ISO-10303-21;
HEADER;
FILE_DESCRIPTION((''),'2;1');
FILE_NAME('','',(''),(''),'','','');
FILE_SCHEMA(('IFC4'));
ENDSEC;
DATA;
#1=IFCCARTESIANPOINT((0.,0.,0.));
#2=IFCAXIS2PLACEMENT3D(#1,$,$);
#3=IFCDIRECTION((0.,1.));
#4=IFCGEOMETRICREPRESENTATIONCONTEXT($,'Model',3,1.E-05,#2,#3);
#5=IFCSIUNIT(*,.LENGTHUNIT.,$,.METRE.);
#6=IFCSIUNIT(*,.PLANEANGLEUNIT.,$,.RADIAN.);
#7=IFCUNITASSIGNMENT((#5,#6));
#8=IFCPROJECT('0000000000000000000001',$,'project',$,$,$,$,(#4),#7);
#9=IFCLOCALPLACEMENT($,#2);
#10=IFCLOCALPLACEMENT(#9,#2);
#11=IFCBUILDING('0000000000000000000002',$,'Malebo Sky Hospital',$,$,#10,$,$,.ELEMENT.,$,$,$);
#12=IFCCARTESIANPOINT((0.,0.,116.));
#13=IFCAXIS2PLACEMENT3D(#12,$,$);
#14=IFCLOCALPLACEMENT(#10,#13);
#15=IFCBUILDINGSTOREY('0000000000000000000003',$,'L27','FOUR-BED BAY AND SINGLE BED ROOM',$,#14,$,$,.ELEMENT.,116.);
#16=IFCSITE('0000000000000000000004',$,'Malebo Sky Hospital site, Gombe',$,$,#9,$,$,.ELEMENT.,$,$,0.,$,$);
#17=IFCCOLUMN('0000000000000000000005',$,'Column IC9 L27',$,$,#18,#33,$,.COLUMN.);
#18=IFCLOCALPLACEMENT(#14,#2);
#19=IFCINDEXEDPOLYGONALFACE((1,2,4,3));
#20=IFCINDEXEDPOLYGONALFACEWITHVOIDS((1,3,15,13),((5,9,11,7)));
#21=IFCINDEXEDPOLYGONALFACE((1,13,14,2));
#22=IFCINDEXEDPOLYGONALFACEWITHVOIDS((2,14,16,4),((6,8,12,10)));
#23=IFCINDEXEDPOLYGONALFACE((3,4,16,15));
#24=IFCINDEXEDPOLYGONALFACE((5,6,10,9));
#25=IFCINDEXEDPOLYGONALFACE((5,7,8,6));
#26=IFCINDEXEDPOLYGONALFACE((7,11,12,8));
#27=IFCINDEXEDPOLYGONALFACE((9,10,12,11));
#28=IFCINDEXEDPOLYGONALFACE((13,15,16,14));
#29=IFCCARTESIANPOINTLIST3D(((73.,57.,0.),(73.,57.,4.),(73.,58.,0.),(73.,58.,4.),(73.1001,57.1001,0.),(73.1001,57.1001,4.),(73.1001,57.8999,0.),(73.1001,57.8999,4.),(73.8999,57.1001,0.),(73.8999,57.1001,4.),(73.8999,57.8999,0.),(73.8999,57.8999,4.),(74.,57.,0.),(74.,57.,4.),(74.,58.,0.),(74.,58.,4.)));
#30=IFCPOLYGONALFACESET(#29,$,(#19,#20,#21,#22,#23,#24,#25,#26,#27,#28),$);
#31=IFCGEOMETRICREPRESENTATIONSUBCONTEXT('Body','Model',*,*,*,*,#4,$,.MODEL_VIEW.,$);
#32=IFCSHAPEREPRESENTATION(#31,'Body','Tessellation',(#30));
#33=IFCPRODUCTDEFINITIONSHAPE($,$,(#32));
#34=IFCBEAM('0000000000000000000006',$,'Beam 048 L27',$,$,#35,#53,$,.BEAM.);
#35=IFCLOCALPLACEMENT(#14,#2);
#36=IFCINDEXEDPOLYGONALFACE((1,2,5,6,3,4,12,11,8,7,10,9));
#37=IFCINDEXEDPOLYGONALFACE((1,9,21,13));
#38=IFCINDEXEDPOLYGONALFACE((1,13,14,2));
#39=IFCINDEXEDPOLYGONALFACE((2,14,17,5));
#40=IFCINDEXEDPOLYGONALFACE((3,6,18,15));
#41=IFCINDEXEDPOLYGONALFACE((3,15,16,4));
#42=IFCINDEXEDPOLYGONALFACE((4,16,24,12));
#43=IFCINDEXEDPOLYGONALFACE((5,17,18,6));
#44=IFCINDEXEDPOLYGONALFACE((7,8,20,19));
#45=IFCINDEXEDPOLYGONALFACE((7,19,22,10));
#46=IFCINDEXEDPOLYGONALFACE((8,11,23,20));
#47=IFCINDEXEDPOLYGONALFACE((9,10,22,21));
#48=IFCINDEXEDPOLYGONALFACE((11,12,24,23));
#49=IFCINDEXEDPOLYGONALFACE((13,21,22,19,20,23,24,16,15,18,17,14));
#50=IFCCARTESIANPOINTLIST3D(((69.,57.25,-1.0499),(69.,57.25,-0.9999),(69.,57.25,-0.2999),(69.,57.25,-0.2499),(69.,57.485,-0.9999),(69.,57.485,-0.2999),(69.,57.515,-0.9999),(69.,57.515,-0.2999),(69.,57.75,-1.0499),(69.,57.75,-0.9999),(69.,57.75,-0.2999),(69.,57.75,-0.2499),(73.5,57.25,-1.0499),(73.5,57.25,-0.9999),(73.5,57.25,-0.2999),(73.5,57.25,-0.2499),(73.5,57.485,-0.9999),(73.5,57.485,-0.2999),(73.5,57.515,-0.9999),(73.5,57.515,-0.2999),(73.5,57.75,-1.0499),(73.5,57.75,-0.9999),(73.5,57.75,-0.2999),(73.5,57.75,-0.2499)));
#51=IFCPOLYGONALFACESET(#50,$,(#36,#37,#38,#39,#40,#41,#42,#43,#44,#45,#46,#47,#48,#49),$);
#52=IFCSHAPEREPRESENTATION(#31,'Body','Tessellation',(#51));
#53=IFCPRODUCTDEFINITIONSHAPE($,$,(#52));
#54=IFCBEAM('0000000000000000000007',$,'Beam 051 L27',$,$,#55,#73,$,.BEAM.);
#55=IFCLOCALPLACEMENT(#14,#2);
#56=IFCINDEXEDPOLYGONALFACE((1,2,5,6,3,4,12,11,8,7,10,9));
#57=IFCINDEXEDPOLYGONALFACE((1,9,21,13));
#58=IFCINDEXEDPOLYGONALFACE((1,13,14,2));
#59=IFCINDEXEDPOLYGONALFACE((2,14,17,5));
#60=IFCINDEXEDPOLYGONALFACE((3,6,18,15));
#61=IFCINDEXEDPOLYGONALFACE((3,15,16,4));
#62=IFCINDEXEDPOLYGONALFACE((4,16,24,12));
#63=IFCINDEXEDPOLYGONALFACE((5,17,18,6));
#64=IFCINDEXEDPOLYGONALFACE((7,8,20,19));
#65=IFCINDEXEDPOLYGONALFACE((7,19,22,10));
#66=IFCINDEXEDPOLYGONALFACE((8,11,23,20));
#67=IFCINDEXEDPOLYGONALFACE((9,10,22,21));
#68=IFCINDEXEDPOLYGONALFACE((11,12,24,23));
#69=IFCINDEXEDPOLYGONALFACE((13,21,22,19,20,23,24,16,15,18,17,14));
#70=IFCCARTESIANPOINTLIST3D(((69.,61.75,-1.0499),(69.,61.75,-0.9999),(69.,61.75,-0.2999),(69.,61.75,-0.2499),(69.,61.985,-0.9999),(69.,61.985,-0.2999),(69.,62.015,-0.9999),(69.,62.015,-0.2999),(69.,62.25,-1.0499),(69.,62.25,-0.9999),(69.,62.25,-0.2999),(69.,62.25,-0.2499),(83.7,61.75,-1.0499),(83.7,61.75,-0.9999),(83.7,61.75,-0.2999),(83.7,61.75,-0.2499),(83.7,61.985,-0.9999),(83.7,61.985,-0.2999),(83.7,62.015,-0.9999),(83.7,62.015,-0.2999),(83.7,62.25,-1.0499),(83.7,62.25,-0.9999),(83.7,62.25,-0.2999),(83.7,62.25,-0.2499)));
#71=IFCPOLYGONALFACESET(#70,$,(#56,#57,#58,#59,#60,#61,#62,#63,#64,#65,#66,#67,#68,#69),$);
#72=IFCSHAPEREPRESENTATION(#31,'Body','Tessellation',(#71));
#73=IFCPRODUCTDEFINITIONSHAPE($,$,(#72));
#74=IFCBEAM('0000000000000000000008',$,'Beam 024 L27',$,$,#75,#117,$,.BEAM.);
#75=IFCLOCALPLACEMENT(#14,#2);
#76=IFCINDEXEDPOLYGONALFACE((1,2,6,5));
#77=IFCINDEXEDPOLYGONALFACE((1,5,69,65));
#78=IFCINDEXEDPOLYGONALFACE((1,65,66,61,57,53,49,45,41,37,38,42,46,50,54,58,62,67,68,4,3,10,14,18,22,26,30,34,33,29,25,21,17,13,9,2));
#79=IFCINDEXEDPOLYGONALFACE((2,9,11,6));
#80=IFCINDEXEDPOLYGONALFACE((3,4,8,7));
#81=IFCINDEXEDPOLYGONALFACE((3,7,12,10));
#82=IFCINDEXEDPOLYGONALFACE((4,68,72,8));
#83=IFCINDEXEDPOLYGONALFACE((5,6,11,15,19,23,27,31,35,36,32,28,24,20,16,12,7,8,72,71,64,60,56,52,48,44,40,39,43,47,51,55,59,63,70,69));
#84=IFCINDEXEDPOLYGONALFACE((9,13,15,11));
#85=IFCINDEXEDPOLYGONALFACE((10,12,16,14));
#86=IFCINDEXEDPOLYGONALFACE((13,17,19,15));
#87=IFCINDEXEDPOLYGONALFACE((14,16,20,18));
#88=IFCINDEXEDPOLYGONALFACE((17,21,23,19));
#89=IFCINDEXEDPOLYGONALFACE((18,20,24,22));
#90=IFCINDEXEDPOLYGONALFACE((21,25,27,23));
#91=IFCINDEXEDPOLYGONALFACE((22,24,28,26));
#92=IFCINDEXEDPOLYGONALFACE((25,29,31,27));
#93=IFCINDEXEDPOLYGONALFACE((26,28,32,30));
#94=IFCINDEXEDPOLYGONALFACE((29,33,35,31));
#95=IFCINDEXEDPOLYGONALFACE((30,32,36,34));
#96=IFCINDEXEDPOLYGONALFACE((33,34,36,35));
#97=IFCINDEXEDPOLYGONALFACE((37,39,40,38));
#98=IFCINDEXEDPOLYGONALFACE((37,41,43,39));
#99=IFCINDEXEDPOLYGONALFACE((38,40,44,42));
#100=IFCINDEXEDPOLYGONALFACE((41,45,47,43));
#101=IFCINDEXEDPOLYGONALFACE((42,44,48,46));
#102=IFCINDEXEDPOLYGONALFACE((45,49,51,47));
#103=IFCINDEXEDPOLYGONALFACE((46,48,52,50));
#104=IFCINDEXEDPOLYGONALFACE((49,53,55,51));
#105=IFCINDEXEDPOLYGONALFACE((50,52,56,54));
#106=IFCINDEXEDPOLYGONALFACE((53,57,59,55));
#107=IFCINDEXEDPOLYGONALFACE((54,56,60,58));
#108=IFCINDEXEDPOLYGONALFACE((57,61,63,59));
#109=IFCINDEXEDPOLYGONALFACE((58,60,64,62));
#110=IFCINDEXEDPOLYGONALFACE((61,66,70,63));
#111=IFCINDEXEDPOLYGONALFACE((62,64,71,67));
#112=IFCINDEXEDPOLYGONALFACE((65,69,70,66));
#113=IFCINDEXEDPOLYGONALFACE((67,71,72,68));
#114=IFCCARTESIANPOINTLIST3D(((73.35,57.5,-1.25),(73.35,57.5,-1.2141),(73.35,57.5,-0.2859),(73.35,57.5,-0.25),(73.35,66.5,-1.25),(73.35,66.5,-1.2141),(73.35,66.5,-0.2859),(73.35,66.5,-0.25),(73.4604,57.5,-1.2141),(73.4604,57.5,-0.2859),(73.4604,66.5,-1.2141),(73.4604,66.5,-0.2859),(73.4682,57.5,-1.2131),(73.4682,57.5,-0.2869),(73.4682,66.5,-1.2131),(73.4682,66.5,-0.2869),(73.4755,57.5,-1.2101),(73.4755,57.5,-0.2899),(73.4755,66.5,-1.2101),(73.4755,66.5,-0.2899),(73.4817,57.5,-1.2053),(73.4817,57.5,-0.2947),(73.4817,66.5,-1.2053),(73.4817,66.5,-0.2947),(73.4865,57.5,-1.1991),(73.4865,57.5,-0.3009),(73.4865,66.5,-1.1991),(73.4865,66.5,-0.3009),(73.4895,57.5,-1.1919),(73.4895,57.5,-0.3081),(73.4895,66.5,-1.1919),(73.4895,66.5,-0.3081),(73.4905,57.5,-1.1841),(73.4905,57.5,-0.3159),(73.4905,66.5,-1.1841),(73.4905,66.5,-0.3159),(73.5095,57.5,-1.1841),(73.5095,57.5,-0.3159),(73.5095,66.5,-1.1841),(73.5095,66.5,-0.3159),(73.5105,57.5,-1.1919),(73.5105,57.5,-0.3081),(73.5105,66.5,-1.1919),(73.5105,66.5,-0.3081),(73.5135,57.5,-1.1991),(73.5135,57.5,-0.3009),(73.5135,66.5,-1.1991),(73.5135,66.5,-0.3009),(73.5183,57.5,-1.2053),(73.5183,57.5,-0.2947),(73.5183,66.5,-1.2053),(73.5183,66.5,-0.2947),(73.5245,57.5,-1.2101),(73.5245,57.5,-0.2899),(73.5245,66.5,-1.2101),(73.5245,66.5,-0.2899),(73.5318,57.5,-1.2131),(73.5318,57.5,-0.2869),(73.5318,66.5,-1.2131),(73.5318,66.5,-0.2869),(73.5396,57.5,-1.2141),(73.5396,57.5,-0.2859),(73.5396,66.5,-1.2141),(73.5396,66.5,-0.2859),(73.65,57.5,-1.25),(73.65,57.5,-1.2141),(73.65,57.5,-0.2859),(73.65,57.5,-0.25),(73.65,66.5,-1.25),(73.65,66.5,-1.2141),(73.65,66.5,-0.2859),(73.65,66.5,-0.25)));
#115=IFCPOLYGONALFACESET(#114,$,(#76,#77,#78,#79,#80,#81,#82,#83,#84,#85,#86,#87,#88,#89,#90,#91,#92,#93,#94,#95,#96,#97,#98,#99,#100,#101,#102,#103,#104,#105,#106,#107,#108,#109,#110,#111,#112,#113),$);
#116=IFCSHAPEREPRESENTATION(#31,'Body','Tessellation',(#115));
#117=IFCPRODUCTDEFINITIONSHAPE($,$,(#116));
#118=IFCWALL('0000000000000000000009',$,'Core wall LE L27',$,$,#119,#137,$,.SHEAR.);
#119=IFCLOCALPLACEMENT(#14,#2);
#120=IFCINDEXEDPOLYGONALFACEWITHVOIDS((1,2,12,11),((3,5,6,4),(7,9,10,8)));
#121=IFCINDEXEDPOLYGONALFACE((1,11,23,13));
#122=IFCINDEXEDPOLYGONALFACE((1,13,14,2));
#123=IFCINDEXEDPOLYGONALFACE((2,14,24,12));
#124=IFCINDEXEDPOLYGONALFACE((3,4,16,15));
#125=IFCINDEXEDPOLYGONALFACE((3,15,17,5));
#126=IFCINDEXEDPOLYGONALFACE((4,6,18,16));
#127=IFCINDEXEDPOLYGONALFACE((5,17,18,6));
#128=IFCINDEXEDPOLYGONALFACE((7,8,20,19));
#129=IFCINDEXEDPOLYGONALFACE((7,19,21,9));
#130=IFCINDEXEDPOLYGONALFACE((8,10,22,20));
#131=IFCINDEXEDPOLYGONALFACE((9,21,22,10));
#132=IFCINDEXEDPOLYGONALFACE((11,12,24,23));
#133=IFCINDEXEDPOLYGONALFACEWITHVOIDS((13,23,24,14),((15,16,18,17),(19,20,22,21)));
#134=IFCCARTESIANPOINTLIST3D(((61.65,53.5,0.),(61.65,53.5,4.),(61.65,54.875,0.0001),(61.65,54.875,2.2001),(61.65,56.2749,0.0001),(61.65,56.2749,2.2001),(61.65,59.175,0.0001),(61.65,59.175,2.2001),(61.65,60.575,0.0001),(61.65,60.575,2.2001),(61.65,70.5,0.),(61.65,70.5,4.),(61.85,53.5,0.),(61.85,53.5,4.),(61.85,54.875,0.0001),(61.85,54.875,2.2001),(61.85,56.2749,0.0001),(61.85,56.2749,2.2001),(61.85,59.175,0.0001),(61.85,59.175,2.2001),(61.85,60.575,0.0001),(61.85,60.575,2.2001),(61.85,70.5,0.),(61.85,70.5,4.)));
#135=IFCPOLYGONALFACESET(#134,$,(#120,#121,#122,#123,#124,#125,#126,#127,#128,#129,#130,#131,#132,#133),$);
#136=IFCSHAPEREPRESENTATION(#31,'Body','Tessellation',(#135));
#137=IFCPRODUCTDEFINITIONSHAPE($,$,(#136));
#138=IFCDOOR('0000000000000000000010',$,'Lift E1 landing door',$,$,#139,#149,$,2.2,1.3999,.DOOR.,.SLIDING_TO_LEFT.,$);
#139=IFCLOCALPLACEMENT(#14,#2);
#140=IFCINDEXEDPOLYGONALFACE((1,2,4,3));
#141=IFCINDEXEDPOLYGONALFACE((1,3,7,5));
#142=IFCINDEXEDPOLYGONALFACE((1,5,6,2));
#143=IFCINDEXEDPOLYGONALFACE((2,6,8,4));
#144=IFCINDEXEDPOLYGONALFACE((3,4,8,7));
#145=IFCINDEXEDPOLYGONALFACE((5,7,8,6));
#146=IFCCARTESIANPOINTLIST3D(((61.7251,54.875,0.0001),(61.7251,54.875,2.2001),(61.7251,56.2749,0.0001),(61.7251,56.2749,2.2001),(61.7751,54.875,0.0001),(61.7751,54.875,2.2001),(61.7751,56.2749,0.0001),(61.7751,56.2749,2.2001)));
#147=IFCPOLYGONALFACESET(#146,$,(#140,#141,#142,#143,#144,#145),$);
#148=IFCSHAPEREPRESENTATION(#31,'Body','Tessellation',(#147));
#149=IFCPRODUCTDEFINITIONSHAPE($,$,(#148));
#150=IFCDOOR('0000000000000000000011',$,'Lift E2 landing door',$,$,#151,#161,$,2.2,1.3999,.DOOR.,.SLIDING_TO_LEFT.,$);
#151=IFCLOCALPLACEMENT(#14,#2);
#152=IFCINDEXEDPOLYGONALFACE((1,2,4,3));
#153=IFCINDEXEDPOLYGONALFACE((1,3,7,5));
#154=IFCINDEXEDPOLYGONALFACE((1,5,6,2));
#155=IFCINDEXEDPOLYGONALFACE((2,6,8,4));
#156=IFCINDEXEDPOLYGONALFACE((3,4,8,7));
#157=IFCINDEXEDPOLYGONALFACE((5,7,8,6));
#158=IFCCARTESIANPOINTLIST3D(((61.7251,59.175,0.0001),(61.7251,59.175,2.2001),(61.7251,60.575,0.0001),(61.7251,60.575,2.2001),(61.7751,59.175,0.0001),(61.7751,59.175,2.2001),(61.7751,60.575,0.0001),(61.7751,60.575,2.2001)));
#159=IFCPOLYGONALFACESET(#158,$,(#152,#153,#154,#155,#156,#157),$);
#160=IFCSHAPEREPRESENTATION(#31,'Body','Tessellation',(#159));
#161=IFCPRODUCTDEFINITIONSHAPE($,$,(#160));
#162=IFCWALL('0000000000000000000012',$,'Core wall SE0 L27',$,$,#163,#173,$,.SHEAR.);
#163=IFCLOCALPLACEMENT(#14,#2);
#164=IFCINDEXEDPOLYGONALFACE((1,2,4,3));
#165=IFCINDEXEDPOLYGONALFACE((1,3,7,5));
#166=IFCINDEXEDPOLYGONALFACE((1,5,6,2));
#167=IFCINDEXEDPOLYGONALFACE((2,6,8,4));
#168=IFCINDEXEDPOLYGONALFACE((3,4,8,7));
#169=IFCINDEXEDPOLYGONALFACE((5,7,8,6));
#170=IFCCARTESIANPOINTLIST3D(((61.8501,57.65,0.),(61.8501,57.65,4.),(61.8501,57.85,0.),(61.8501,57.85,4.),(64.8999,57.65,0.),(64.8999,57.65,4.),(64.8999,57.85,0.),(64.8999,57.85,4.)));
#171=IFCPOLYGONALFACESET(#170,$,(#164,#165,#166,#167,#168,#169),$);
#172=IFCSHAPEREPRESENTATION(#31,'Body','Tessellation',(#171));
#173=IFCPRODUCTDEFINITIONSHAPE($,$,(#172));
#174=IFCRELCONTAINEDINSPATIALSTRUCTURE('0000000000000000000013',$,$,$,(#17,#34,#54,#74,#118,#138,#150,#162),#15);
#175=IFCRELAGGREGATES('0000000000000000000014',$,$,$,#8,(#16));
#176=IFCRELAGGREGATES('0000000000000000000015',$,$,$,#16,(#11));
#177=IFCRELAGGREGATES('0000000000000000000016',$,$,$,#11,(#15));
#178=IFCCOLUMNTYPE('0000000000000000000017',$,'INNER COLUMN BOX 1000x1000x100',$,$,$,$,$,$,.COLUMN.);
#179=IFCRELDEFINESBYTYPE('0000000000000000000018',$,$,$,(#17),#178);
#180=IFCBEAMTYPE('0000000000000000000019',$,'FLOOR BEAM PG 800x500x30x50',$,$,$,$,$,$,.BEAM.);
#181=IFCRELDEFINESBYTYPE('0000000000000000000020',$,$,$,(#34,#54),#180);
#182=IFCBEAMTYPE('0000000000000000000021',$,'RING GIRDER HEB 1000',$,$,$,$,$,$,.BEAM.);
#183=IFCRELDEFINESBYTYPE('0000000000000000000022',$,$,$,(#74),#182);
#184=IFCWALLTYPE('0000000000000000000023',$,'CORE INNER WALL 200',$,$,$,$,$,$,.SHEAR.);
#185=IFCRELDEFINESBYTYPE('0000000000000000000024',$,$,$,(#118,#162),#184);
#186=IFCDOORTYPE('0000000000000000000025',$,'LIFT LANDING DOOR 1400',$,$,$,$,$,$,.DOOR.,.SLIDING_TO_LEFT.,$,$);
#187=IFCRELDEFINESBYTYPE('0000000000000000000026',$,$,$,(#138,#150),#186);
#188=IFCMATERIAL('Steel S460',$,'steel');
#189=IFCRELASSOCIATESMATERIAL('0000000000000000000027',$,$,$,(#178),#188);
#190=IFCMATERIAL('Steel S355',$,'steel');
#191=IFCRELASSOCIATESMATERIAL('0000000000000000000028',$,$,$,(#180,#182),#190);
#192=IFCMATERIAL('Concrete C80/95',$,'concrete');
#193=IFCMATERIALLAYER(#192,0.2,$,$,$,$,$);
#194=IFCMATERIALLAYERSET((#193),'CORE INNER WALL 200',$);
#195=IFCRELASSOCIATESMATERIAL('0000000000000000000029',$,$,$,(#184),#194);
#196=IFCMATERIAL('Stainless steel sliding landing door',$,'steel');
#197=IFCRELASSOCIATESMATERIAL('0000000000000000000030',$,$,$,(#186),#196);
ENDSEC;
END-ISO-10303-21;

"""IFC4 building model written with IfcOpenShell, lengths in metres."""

from ifc_helpers import new_model, si_unit, direction, frame, frame_2d, origin, origin_2d, place, context, subcontext, project, spatial, rectangle, hollow_rectangle, i_section, extrude, material, layer, layer_set, material_profile, profile_set, type_object, element, fill, save


model = new_model("IFC4")

# Units and contexts
model_context = context("Model", 3, precision=1e-05, world=origin(), true_north=direction((0.0, 1.0)))
body_context = subcontext(model_context, "Body", "Model", "MODEL_VIEW")
ifc_project = project(units=[si_unit("LENGTHUNIT", "METRE"), si_unit("PLANEANGLEUNIT", "RADIAN")], contexts=[model_context])

# Site, building, storey
site_placement = place(None, origin())
site = spatial("IfcSite", under=ifc_project, at=site_placement, Name="Malebo Sky Hospital site, Gombe", CompositionType="ELEMENT", RefElevation=0.0)
building_placement = place(site_placement, origin())
building = spatial("IfcBuilding", under=site, at=building_placement, Name="Malebo Sky Hospital", CompositionType="ELEMENT")
storey_placement = place(building_placement, frame((0.0, 0.0, 116.0)))
storey = spatial("IfcBuildingStorey", under=building, at=storey_placement, Name="L27", Description="FOUR-BED BAY AND SINGLE BED ROOM", CompositionType="ELEMENT", Elevation=116.0)

# Column
ifc_material_1 = material(Name="Steel S460", Category="steel")
ifc_material_profile_1 = material_profile(ifc_material_1, hollow_rectangle(XDim=1.0, YDim=1.0, WallThickness=0.1001, at=origin_2d()), Name="BOX 1000x1000x100")
ifc_profile_set_1 = profile_set([ifc_material_profile_1], Name="Steel S460")
column_type = type_object("IfcColumnType", Name="INNER COLUMN BOX 1000x1000x100", PredefinedType="COLUMN", material=ifc_profile_set_1)
column_placement = place(storey_placement, frame((73.5, 57.5, 0.0), z_axis=(0.0, 0.0, 1.0), x_axis=(1.0, 0.0, 0.0)))
element("IfcColumn", 1, at=column_placement, inside=storey, type_object=column_type, Name="Column IC9 L27", PredefinedType="COLUMN", context=body_context, shape_type="SweptSolid", body=[
    extrude(hollow_rectangle(XDim=1.0, YDim=1.0, WallThickness=0.1001, at=origin_2d()), origin(), (0.0, 0.0, 1.0), 4.0),
])

# Beams
ifc_material_2 = material(Name="Steel S355", Category="steel")
ifc_material_profile_2 = material_profile(ifc_material_2, i_section(OverallWidth=0.5, OverallDepth=0.8, WebThickness=0.03, FlangeThickness=0.05, at=origin_2d()), Name="PG 800x500x30x50")
ifc_profile_set_2 = profile_set([ifc_material_profile_2], Name="Steel S355")
beam_type_1 = type_object("IfcBeamType", Name="FLOOR BEAM PG 800x500x30x50", PredefinedType="BEAM", material=ifc_profile_set_2)
beam_1_placement = place(storey_placement, frame((69.0, 57.5, -0.6499), z_axis=(1.0, 0.0, 0.0), x_axis=(0.0, 1.0, 0.0)))
element("IfcBeam", 2, at=beam_1_placement, inside=storey, type_object=beam_type_1, Name="Beam 048 L27", PredefinedType="BEAM", context=body_context, shape_type="SweptSolid", body=[
    extrude(i_section(OverallWidth=0.5, OverallDepth=0.8, WebThickness=0.03, FlangeThickness=0.05, at=origin_2d()), origin(), (0.0, 0.0, 1.0), 4.5),
])
beam_2_placement = place(storey_placement, frame((69.0, 62.0, -0.6499), z_axis=(1.0, 0.0, 0.0), x_axis=(0.0, 1.0, 0.0)))
element("IfcBeam", 3, at=beam_2_placement, inside=storey, type_object=beam_type_1, Name="Beam 051 L27", PredefinedType="BEAM", context=body_context, shape_type="SweptSolid", body=[
    extrude(i_section(OverallWidth=0.5, OverallDepth=0.8, WebThickness=0.03, FlangeThickness=0.05, at=origin_2d()), origin(), (0.0, 0.0, 1.0), 14.7),
])
ifc_material_profile_3 = material_profile(ifc_material_2, i_section(OverallWidth=0.3, OverallDepth=1.0, WebThickness=0.019, FlangeThickness=0.0359, FilletRadius=0.03, at=origin_2d()), Name="HEB 1000")
ifc_profile_set_3 = profile_set([ifc_material_profile_3], Name="Steel S355")
beam_type_2 = type_object("IfcBeamType", Name="RING GIRDER HEB 1000", PredefinedType="BEAM", material=ifc_profile_set_3)
beam_3_placement = place(storey_placement, frame((73.5, 57.5, -0.75), z_axis=(0.0, 1.0, 0.0), x_axis=(-1.0, 0.0, 0.0)))
element("IfcBeam", 4, at=beam_3_placement, inside=storey, type_object=beam_type_2, Name="Beam 024 L27", PredefinedType="BEAM", context=body_context, shape_type="SweptSolid", body=[
    extrude(i_section(OverallWidth=0.3, OverallDepth=1.0, WebThickness=0.019, FlangeThickness=0.0359, FilletRadius=0.03, at=origin_2d()), origin(), (0.0, 0.0, 1.0), 9.0),
])

# Wall, openings, doors
ifc_material_3 = material(Name="Concrete C80/95", Category="concrete")
ifc_layer_1 = layer(ifc_material_3, 0.2)
ifc_layer_set_1 = layer_set([ifc_layer_1], Name="CORE INNER WALL 200")
wall_type_1 = type_object("IfcWallType", Name="CORE INNER WALL 200", PredefinedType="SHEAR", material=ifc_layer_set_1)
wall_1_placement = place(storey_placement, frame((61.75, 53.5, 0.0), z_axis=(0.0, 0.0, 1.0), x_axis=(0.0, 1.0, 0.0)))
wall_1 = element("IfcWall", 5, at=wall_1_placement, inside=storey, type_object=wall_type_1, Name="Core wall LE L27", PredefinedType="SHEAR", context=body_context, shape_type="SweptSolid", body=[
    extrude(rectangle(XDim=17.0, YDim=0.2, at=frame_2d((8.5, 0.0))), origin(), (0.0, 0.0, 1.0), 4.0),
])
opening_1_placement = place(wall_1_placement, frame((1.375, 0.0, 0.0)))
opening_1 = element("IfcOpeningElement", 6, at=opening_1_placement, cuts=wall_1, PredefinedType="OPENING", context=body_context, shape_type="SweptSolid", body=[
    extrude(rectangle(XDim=1.3999, YDim=2.2, at=frame_2d((0.7, 1.1001))), frame((0.0, 0.1099, 0.0), z_axis=(0.0, -1.0, 0.0), x_axis=(1.0, 0.0, 0.0)), (0.0, 0.0, 1.0), 0.22),
])
opening_2_placement = place(wall_1_placement, frame((5.675, 0.0, 0.0)))
opening_2 = element("IfcOpeningElement", 7, at=opening_2_placement, cuts=wall_1, PredefinedType="OPENING", context=body_context, shape_type="SweptSolid", body=[
    extrude(rectangle(XDim=1.3999, YDim=2.2, at=frame_2d((0.7, 1.1001))), frame((0.0, 0.1099, 0.0), z_axis=(0.0, -1.0, 0.0), x_axis=(1.0, 0.0, 0.0)), (0.0, 0.0, 1.0), 0.22),
])
ifc_material_4 = material(Name="Stainless steel sliding landing door", Category="steel")
door_type_1 = type_object("IfcDoorType", Name="LIFT LANDING DOOR 1400", OperationType="SLIDING_TO_LEFT", PredefinedType="DOOR", material=ifc_material_4)
door_1_placement = place(opening_1_placement, origin())
door_1 = element("IfcDoor", 8, at=door_1_placement, inside=storey, type_object=door_type_1, Name="Lift E1 landing door", OperationType="SLIDING_TO_LEFT", OverallHeight=2.2, OverallWidth=1.3999, PredefinedType="DOOR", context=body_context, shape_type="SweptSolid", body=[
    extrude(rectangle(XDim=1.3999, YDim=2.2, at=frame_2d((0.7, 1.1001))), frame((0.0, 0.0249, 0.0), z_axis=(0.0, -1.0, 0.0), x_axis=(1.0, 0.0, 0.0)), (0.0, 0.0, 1.0), 0.05),
])
fill(opening_1, door_1)
door_2_placement = place(opening_2_placement, origin())
door_2 = element("IfcDoor", 9, at=door_2_placement, inside=storey, type_object=door_type_1, Name="Lift E2 landing door", OperationType="SLIDING_TO_LEFT", OverallHeight=2.2, OverallWidth=1.3999, PredefinedType="DOOR", context=body_context, shape_type="SweptSolid", body=[
    extrude(rectangle(XDim=1.3999, YDim=2.2, at=frame_2d((0.7, 1.1001))), frame((0.0, 0.0249, 0.0), z_axis=(0.0, -1.0, 0.0), x_axis=(1.0, 0.0, 0.0)), (0.0, 0.0, 1.0), 0.05),
])
fill(opening_2, door_2)

# Wall
for number, where, z_axis, x_axis, name in (
    (10, (61.8501, 57.75, 0.0), (0.0, 0.0, 1.0), (1.0, 0.0, 0.0), "Core wall SE0 L27"),
):
    element("IfcWall", number, at=place(storey_placement, frame(where, z_axis=z_axis, x_axis=x_axis)), inside=storey, type_object=wall_type_1, Name=name, PredefinedType="SHEAR", context=body_context, shape_type="SweptSolid", body=[
        extrude(rectangle(XDim=3.0498, YDim=0.2, at=frame_2d((1.5249, 0.0))), origin(), (0.0, 0.0, 1.0), 4.0),
    ])

save(model, "model.ifc")
